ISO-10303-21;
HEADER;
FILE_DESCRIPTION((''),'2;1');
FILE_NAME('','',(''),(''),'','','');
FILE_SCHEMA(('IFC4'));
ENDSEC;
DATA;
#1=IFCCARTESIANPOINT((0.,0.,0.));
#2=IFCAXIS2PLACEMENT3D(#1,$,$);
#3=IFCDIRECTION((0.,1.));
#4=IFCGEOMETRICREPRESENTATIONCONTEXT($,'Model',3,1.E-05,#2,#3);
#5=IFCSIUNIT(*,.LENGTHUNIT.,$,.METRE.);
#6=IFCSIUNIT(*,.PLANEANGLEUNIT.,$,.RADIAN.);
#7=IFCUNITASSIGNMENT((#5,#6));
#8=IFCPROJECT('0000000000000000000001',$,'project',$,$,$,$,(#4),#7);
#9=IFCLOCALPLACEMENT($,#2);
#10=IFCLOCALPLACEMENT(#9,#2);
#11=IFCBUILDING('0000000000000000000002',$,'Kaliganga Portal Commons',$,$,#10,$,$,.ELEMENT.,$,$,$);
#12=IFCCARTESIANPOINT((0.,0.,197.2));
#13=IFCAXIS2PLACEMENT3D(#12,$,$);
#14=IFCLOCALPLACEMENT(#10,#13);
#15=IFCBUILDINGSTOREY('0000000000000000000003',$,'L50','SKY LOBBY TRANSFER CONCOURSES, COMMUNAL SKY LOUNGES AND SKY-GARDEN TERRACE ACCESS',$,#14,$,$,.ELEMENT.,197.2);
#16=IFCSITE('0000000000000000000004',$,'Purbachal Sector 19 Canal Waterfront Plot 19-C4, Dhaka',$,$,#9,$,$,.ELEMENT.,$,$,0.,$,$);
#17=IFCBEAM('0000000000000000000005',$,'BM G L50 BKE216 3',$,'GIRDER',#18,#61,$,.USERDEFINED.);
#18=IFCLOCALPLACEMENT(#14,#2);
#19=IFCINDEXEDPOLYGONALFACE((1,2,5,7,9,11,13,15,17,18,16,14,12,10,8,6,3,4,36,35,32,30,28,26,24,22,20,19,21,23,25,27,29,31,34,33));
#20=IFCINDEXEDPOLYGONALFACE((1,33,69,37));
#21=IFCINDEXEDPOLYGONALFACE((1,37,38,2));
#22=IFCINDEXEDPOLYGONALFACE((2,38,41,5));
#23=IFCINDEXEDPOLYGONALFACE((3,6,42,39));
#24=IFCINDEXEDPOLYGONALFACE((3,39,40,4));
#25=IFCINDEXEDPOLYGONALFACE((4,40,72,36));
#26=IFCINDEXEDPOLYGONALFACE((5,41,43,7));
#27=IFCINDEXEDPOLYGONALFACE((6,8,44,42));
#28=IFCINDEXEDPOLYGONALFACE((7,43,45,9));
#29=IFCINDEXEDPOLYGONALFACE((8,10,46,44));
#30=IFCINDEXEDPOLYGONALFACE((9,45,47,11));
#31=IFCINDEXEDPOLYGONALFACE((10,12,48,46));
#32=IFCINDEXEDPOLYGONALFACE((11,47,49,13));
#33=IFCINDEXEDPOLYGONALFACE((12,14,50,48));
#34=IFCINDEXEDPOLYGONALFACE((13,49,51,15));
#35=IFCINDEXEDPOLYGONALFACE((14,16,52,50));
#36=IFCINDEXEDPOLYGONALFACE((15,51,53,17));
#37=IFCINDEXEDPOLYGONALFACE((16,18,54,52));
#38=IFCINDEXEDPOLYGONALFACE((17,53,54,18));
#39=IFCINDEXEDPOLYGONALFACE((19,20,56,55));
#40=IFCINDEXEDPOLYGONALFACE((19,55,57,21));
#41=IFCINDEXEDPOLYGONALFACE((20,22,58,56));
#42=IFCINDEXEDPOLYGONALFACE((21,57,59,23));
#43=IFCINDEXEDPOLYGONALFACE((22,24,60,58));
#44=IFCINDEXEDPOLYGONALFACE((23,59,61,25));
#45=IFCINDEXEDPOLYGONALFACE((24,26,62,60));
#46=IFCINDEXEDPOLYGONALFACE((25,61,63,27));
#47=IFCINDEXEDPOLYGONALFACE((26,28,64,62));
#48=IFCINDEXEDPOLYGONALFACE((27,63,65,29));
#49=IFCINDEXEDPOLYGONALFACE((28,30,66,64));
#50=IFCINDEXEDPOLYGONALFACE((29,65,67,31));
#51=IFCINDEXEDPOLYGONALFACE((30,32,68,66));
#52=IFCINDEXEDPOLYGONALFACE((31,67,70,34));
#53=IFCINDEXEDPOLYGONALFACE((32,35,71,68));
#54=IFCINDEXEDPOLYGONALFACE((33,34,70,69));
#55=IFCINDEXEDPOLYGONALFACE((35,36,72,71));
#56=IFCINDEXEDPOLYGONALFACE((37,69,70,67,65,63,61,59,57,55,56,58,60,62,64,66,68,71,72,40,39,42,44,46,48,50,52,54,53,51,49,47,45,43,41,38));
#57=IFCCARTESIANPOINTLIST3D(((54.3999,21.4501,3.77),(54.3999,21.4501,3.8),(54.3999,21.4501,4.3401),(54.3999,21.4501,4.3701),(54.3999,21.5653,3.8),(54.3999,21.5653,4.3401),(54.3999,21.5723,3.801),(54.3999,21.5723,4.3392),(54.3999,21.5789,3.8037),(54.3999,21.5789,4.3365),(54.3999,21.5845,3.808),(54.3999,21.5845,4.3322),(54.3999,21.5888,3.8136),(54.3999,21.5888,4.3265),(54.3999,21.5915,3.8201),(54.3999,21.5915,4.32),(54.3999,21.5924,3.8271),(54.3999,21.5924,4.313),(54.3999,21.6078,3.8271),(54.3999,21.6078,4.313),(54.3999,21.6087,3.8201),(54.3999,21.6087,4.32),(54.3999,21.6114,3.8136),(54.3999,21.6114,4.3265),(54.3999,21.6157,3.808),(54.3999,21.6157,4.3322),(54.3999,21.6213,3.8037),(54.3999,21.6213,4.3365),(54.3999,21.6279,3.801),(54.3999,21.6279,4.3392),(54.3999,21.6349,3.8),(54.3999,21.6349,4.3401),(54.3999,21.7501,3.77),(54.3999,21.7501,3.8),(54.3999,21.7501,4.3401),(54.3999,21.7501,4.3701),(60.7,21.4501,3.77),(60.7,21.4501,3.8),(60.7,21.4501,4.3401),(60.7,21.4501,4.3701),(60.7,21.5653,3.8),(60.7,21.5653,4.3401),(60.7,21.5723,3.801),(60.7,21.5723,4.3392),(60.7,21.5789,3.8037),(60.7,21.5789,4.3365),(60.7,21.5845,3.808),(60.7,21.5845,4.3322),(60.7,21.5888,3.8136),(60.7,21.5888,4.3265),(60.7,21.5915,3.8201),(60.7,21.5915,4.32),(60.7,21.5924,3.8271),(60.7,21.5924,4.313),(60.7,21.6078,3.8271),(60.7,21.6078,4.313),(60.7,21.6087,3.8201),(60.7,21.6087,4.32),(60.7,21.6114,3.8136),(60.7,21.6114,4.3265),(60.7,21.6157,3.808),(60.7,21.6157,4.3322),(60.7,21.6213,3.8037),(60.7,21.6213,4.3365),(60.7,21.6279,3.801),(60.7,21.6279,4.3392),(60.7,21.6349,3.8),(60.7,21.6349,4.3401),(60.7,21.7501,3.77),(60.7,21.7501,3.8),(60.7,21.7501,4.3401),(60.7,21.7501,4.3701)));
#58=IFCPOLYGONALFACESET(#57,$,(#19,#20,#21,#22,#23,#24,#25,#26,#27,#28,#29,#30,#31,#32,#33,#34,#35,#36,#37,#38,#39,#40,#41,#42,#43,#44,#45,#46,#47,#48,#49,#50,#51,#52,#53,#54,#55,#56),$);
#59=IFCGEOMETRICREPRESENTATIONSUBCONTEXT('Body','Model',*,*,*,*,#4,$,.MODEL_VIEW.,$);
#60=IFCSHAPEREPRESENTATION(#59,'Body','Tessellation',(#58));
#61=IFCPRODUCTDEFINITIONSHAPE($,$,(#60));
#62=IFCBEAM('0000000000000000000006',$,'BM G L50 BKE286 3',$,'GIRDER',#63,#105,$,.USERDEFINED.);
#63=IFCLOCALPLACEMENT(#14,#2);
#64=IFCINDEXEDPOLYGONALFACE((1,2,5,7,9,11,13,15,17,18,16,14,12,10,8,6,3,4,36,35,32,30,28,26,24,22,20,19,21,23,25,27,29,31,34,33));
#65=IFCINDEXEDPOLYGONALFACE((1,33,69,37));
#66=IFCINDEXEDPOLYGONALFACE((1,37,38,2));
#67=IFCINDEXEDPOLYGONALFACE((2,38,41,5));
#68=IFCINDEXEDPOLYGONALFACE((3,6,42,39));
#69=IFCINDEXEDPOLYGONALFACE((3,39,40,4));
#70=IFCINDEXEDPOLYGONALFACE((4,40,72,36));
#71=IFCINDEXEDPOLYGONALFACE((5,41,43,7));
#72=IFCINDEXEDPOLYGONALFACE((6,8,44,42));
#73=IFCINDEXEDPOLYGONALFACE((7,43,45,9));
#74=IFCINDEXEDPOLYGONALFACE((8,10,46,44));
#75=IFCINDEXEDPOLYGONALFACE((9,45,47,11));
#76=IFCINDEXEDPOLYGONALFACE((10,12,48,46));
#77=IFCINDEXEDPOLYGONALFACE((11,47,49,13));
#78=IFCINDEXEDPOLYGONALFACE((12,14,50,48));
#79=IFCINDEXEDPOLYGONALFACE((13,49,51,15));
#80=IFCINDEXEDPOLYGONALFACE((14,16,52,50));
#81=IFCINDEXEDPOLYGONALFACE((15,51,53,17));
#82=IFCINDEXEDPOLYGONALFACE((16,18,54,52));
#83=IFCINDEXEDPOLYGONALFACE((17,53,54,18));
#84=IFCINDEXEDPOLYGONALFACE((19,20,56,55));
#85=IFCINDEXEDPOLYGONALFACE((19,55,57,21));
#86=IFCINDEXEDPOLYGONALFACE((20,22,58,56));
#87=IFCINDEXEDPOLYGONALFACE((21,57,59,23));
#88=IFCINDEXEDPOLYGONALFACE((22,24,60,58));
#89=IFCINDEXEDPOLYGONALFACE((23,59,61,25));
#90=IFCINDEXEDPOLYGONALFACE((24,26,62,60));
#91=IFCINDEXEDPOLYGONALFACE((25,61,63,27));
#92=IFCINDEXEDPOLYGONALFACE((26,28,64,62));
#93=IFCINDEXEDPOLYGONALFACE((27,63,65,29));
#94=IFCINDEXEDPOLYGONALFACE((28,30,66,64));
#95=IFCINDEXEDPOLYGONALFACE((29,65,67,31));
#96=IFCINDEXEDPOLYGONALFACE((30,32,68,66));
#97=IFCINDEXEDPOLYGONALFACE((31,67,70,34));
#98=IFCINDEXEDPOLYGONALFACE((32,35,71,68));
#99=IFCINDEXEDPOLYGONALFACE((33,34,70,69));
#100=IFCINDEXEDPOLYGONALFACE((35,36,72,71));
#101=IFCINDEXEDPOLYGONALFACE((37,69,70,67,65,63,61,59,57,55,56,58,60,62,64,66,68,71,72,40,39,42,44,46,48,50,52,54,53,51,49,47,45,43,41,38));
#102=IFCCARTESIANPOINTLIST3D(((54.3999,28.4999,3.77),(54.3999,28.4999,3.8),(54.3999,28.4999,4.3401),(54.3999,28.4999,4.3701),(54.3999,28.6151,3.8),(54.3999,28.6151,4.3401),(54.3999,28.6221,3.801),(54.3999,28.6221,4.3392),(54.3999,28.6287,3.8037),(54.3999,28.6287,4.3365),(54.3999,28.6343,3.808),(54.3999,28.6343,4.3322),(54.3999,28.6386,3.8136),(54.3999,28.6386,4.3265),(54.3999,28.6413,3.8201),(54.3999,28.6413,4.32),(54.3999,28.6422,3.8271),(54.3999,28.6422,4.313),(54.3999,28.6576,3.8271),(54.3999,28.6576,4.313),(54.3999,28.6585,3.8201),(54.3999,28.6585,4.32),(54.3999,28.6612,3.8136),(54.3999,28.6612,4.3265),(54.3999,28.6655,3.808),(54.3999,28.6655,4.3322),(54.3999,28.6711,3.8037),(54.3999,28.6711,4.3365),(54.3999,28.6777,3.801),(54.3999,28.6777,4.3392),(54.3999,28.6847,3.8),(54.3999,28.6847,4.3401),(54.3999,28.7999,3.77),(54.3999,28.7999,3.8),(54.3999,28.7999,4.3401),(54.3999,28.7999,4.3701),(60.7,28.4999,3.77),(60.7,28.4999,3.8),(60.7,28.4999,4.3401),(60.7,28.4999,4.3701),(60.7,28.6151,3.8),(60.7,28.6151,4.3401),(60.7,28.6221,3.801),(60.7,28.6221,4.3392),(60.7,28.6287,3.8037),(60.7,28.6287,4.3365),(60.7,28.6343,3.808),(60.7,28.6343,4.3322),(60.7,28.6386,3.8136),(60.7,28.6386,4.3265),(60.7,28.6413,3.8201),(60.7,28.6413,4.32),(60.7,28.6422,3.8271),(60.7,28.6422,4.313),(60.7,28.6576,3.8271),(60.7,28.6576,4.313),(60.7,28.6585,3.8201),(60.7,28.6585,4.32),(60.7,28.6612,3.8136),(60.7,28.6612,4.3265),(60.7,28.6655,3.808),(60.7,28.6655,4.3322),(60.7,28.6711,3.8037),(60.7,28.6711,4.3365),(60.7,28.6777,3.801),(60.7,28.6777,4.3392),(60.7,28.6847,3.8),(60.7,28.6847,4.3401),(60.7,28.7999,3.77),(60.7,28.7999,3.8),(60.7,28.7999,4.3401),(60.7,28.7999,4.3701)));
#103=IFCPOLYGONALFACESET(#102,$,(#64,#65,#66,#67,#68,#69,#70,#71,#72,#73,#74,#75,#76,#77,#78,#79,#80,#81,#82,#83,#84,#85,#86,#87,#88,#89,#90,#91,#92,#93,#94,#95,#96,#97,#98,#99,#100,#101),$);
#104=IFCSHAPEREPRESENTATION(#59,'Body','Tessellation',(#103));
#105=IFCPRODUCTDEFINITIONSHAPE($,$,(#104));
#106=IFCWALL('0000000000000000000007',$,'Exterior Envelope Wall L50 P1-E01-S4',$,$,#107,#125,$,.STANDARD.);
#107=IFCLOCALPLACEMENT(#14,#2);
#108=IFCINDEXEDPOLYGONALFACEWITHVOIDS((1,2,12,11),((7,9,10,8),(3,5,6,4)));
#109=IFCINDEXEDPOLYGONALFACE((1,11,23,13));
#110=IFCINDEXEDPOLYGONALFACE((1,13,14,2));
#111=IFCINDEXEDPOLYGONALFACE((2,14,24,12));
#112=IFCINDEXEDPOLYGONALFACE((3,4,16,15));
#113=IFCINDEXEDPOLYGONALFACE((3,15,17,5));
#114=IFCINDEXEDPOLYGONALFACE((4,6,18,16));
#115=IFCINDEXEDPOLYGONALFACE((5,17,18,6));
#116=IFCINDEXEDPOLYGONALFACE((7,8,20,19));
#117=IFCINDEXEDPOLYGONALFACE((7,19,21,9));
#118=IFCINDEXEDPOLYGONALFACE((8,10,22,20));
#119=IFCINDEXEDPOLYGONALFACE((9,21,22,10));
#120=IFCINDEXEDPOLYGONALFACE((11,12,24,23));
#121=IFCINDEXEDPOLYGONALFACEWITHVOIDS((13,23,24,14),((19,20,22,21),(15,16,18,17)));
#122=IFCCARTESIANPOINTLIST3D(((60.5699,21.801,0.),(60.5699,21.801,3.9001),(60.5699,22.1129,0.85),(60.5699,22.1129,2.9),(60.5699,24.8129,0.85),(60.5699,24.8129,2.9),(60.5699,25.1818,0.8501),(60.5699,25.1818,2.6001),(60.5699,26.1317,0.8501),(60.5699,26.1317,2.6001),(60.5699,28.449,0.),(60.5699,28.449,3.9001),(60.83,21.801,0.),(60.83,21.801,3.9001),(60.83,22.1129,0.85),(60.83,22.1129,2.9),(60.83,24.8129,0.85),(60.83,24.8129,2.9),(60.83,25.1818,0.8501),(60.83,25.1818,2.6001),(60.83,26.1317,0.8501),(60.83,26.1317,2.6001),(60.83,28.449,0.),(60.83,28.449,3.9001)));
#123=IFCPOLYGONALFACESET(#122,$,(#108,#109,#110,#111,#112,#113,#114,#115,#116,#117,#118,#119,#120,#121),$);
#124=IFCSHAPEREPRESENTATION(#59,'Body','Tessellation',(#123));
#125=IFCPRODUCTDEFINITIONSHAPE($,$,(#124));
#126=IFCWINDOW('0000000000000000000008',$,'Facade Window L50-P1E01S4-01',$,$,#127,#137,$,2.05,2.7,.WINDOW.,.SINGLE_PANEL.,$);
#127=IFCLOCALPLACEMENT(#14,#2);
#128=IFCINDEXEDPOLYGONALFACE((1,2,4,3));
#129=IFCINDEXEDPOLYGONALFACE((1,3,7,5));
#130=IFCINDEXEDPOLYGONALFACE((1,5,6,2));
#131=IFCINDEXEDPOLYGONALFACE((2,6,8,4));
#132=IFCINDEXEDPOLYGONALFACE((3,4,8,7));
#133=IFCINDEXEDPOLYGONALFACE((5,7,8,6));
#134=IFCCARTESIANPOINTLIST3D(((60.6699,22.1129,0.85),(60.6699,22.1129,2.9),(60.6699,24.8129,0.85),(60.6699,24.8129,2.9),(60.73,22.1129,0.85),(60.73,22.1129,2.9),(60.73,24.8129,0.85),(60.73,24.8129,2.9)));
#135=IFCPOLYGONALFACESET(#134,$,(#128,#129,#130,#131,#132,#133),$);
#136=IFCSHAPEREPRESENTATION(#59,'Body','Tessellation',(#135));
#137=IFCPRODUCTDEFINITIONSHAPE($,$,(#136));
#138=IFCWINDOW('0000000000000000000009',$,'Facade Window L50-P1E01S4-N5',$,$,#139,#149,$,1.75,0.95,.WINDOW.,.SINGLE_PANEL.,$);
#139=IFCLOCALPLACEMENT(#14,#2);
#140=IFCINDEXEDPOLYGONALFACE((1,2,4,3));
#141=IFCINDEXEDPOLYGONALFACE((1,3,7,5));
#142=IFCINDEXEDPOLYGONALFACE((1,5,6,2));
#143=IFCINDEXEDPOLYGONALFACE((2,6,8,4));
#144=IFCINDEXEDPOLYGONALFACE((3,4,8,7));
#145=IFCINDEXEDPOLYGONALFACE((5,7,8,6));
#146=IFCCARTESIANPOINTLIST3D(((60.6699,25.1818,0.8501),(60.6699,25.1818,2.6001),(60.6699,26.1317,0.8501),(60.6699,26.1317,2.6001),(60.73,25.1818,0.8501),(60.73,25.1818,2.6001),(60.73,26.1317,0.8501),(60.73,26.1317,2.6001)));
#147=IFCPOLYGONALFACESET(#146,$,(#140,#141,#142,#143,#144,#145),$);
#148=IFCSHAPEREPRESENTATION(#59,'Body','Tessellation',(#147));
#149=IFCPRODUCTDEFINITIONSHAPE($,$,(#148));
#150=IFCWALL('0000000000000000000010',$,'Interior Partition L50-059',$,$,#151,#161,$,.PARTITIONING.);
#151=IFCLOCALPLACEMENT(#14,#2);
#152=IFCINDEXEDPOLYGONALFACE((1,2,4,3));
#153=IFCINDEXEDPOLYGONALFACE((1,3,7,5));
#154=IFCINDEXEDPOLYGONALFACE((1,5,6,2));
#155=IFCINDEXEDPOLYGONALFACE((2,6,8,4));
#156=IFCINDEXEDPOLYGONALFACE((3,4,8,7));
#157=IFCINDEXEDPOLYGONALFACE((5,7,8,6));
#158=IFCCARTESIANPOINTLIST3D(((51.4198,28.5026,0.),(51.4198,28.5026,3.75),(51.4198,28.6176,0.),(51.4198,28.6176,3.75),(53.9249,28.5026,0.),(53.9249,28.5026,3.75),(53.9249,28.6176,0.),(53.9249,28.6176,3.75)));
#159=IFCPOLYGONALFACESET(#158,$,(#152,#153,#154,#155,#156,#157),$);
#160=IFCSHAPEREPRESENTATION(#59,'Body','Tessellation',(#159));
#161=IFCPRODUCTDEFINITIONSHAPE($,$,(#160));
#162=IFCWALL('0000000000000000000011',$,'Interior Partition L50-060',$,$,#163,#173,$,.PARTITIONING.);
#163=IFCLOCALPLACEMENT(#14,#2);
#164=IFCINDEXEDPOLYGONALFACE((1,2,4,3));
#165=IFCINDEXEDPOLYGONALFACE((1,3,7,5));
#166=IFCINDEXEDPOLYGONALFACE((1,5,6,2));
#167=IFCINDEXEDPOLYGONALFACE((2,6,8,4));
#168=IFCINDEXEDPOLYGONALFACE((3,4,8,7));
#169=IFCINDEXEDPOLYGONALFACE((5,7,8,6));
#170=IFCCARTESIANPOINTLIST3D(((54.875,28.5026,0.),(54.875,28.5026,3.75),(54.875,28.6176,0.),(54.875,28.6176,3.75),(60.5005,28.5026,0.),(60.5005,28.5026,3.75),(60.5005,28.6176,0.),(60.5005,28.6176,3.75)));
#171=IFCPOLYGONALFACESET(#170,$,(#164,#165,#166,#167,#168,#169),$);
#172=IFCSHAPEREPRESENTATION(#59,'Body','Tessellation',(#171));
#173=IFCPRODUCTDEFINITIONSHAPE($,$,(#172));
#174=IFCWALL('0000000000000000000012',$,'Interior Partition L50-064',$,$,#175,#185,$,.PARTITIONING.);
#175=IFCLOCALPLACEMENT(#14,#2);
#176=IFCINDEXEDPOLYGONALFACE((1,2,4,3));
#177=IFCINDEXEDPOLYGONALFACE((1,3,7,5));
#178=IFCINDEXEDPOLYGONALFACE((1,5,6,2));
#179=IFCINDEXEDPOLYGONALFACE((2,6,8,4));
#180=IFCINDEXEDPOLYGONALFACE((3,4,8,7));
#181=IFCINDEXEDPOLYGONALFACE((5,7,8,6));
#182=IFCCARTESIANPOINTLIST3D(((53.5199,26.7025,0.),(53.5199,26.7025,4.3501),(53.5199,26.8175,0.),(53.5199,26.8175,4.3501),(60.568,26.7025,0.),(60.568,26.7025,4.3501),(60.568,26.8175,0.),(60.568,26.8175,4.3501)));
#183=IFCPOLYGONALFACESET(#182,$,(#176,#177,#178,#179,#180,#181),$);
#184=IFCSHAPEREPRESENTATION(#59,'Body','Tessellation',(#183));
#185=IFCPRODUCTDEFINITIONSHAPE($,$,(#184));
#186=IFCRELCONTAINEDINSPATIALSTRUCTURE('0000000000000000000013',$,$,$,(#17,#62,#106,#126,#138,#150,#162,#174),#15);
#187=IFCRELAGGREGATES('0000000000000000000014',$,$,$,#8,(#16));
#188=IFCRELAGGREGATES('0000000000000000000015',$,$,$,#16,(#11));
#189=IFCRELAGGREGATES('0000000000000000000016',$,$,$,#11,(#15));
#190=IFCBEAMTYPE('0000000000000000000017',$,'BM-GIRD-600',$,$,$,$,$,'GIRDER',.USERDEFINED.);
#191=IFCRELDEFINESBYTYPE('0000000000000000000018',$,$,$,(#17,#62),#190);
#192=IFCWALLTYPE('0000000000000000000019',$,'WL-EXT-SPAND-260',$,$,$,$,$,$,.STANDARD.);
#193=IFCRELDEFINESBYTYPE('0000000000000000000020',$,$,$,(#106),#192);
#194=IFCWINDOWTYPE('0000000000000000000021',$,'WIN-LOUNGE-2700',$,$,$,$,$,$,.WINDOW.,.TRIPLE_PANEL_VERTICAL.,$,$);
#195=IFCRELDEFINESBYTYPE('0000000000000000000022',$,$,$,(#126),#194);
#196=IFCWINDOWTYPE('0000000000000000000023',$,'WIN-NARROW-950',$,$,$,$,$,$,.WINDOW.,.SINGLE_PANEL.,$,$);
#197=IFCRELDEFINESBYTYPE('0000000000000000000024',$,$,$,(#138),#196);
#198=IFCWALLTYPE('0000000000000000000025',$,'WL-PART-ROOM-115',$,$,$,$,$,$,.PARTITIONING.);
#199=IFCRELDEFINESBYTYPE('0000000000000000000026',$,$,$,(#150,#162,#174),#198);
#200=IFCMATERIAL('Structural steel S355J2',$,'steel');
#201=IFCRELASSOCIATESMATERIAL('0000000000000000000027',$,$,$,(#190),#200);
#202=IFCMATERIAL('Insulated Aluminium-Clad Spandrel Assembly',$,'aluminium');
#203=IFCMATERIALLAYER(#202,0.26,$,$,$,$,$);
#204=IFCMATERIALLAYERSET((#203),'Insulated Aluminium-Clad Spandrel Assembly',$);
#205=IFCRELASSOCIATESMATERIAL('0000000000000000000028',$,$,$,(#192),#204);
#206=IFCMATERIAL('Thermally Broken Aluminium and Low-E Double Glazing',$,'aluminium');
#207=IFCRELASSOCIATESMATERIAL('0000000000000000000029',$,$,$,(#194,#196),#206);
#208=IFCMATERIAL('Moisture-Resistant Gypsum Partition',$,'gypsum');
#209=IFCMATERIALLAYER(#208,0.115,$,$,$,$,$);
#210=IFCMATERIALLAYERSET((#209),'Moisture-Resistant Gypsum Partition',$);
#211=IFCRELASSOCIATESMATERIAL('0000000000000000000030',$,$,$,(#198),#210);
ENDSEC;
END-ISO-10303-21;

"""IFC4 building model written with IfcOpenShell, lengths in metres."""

from ifc_helpers import new_model, si_unit, direction, frame, frame_2d, origin, origin_2d, place, context, subcontext, project, spatial, rectangle, i_section, extrude, source, transform, mapped, material, layer, layer_set, material_profile, profile_set, type_object, element, fill, save


model = new_model("IFC4")

# Units and contexts
model_context = context("Model", 3, precision=1e-05, world=origin(), true_north=direction((0.0, 1.0)))
body_context = subcontext(model_context, "Body", "Model", "MODEL_VIEW")
ifc_project = project(units=[si_unit("LENGTHUNIT", "METRE"), si_unit("PLANEANGLEUNIT", "RADIAN")], contexts=[model_context])

# Site, building, storey
site_placement = place(None, origin())
site = spatial("IfcSite", under=ifc_project, at=site_placement, Name="Purbachal Sector 19 Canal Waterfront Plot 19-C4, Dhaka", CompositionType="ELEMENT", RefElevation=0.0)
building_placement = place(site_placement, origin())
building = spatial("IfcBuilding", under=site, at=building_placement, Name="Kaliganga Portal Commons", CompositionType="ELEMENT")
storey_placement = place(building_placement, frame((0.0, 0.0, 197.2)))
storey = spatial("IfcBuildingStorey", under=building, at=storey_placement, Name="L50", Description="SKY LOBBY TRANSFER CONCOURSES, COMMUNAL SKY LOUNGES AND SKY-GARDEN TERRACE ACCESS", CompositionType="ELEMENT", Elevation=197.2)

# Shared definitions
ifc_material_1 = material(Name="Structural steel S355J2", Category="steel")

# Beams
ifc_material_profile_1 = material_profile(ifc_material_1, i_section(OverallWidth=0.3, OverallDepth=0.6001, WebThickness=0.0154, FlangeThickness=0.03, FilletRadius=0.0271, at=origin_2d()), Name="HE 600 B")
ifc_profile_set_1 = profile_set([ifc_material_profile_1], Name="Structural steel S355J2 wide-flange")
beam_type_1 = type_object("IfcBeamType", Name="BM-GIRD-600", ElementType="GIRDER", PredefinedType="USERDEFINED", material=ifc_profile_set_1)
shared_shape_1 = source(origin(), body_context, "Body", "SweptSolid", [
    extrude(i_section(OverallWidth=0.3, OverallDepth=0.6001, WebThickness=0.0154, FlangeThickness=0.03, FilletRadius=0.0271, at=origin_2d()), origin(), (0.0, 0.0, 1.0), 6.3),
])
for number, where, z_axis, x_axis, name in (
    (1, (54.3999, 21.6001, 4.0701), (1.0, 0.0, 0.0), (0.0, 1.0, 0.0), "BM G L50 BKE216 3"),
    (2, (54.3999, 28.6499, 4.0701), (1.0, 0.0, 0.0), (0.0, 1.0, 0.0), "BM G L50 BKE286 3"),
):
    element("IfcBeam", number, at=place(storey_placement, frame(where, z_axis=z_axis, x_axis=x_axis)), inside=storey, type_object=beam_type_1, Name=name, ObjectType="GIRDER", PredefinedType="USERDEFINED", context=body_context, shape_type="MappedRepresentation", body=[
        mapped(shared_shape_1, transform((0.0, 0.0, 0.0), x_axis=(1.0, 0.0, 0.0), y_axis=(0.0, 1.0, 0.0), z_axis=(0.0, 0.0, 1.0), scale=1.0)),
    ])

# Wall, openings, windows
ifc_material_2 = material(Name="Insulated Aluminium-Clad Spandrel Assembly", Category="aluminium")
ifc_layer_1 = layer(ifc_material_2, 0.26)
ifc_layer_set_1 = layer_set([ifc_layer_1], Name="Insulated Aluminium-Clad Spandrel Assembly")
wall_type_1 = type_object("IfcWallType", Name="WL-EXT-SPAND-260", PredefinedType="STANDARD", material=ifc_layer_set_1)
wall_1_placement = place(storey_placement, frame((60.7, 28.449, 0.0), z_axis=(0.0, 0.0, 1.0), x_axis=(0.0, -1.0, 0.0)))
wall_1 = element("IfcWall", 3, at=wall_1_placement, inside=storey, type_object=wall_type_1, Name="Exterior Envelope Wall L50 P1-E01-S4", PredefinedType="STANDARD", context=body_context, shape_type="SweptSolid", body=[
    extrude(rectangle(XDim=6.6479, YDim=0.26, at=frame_2d((3.324, 0.0))), origin(), (0.0, 0.0, 1.0), 3.9001),
])
opening_1_placement = place(wall_1_placement, frame((3.636, 0.0, 0.8501)))
opening_1 = element("IfcOpeningElement", 4, at=opening_1_placement, cuts=wall_1, PredefinedType="OPENING", context=body_context, shape_type="SweptSolid", body=[
    extrude(rectangle(XDim=2.7, YDim=2.05, at=frame_2d((1.3501, 1.0249))), frame((0.0, 0.1401, 0.0), z_axis=(0.0, -1.0, 0.0), x_axis=(1.0, 0.0, 0.0)), (0.0, 0.0, 1.0), 0.28),
])
opening_2_placement = place(wall_1_placement, frame((2.3171, 0.0, 0.8501)))
opening_2 = element("IfcOpeningElement", 5, at=opening_2_placement, cuts=wall_1, PredefinedType="OPENING", context=body_context, shape_type="SweptSolid", body=[
    extrude(rectangle(XDim=0.95, YDim=1.75, at=frame_2d((0.4751, 0.875))), frame((0.0, 0.1401, 0.0), z_axis=(0.0, -1.0, 0.0), x_axis=(1.0, 0.0, 0.0)), (0.0, 0.0, 1.0), 0.28),
])
ifc_material_3 = material(Name="Thermally Broken Aluminium and Low-E Double Glazing", Category="aluminium")
window_type_1 = type_object("IfcWindowType", Name="WIN-LOUNGE-2700", PartitioningType="TRIPLE_PANEL_VERTICAL", PredefinedType="WINDOW", material=ifc_material_3)
window_1_placement = place(opening_1_placement, origin())
window_1 = element("IfcWindow", 6, at=window_1_placement, inside=storey, type_object=window_type_1, Name="Facade Window L50-P1E01S4-01", OverallHeight=2.05, OverallWidth=2.7, PartitioningType="SINGLE_PANEL", PredefinedType="WINDOW", context=body_context, shape_type="SweptSolid", body=[
    extrude(rectangle(XDim=2.7, YDim=2.05, at=frame_2d((1.3501, 1.0249))), frame((0.0, 0.03, 0.0), z_axis=(0.0, -1.0, 0.0), x_axis=(1.0, 0.0, 0.0)), (0.0, 0.0, 1.0), 0.0601),
])
fill(opening_1, window_1)
window_type_2 = type_object("IfcWindowType", Name="WIN-NARROW-950", PartitioningType="SINGLE_PANEL", PredefinedType="WINDOW", material=ifc_material_3)
window_2_placement = place(opening_2_placement, origin())
window_2 = element("IfcWindow", 7, at=window_2_placement, inside=storey, type_object=window_type_2, Name="Facade Window L50-P1E01S4-N5", OverallHeight=1.75, OverallWidth=0.95, PartitioningType="SINGLE_PANEL", PredefinedType="WINDOW", context=body_context, shape_type="SweptSolid", body=[
    extrude(rectangle(XDim=0.95, YDim=1.75, at=frame_2d((0.4751, 0.875))), frame((0.0, 0.03, 0.0), z_axis=(0.0, -1.0, 0.0), x_axis=(1.0, 0.0, 0.0)), (0.0, 0.0, 1.0), 0.0601),
])
fill(opening_2, window_2)

# Walls
ifc_material_4 = material(Name="Moisture-Resistant Gypsum Partition", Category="gypsum")
ifc_layer_2 = layer(ifc_material_4, 0.115)
ifc_layer_set_2 = layer_set([ifc_layer_2], Name="Moisture-Resistant Gypsum Partition")
wall_type_2 = type_object("IfcWallType", Name="WL-PART-ROOM-115", PredefinedType="PARTITIONING", material=ifc_layer_set_2)
wall_2_placement = place(storey_placement, frame((51.4199, 28.5601, 0.0), z_axis=(0.0, 0.0, 1.0), x_axis=(1.0, 0.0, 0.0)))
element("IfcWall", 8, at=wall_2_placement, inside=storey, type_object=wall_type_2, Name="Interior Partition L50-059", PredefinedType="PARTITIONING", context=body_context, shape_type="SweptSolid", body=[
    extrude(rectangle(XDim=2.5051, YDim=0.115, at=frame_2d((1.2524, 0.0))), origin(), (0.0, 0.0, 1.0), 3.75),
])
wall_3_placement = place(storey_placement, frame((54.875, 28.5601, 0.0), z_axis=(0.0, 0.0, 1.0), x_axis=(1.0, 0.0, 0.0)))
element("IfcWall", 9, at=wall_3_placement, inside=storey, type_object=wall_type_2, Name="Interior Partition L50-060", PredefinedType="PARTITIONING", context=body_context, shape_type="SweptSolid", body=[
    extrude(rectangle(XDim=5.6255, YDim=0.115, at=frame_2d((2.8127, 0.0))), origin(), (0.0, 0.0, 1.0), 3.75),
])
wall_4_placement = place(storey_placement, frame((53.52, 26.76, 0.0), z_axis=(0.0, 0.0, 1.0), x_axis=(1.0, 0.0, 0.0)))
element("IfcWall", 10, at=wall_4_placement, inside=storey, type_object=wall_type_2, Name="Interior Partition L50-064", PredefinedType="PARTITIONING", context=body_context, shape_type="SweptSolid", body=[
    extrude(rectangle(XDim=7.0481, YDim=0.115, at=frame_2d((3.5239, 0.0))), origin(), (0.0, 0.0, 1.0), 4.3501),
])

save(model, "model.ifc")
